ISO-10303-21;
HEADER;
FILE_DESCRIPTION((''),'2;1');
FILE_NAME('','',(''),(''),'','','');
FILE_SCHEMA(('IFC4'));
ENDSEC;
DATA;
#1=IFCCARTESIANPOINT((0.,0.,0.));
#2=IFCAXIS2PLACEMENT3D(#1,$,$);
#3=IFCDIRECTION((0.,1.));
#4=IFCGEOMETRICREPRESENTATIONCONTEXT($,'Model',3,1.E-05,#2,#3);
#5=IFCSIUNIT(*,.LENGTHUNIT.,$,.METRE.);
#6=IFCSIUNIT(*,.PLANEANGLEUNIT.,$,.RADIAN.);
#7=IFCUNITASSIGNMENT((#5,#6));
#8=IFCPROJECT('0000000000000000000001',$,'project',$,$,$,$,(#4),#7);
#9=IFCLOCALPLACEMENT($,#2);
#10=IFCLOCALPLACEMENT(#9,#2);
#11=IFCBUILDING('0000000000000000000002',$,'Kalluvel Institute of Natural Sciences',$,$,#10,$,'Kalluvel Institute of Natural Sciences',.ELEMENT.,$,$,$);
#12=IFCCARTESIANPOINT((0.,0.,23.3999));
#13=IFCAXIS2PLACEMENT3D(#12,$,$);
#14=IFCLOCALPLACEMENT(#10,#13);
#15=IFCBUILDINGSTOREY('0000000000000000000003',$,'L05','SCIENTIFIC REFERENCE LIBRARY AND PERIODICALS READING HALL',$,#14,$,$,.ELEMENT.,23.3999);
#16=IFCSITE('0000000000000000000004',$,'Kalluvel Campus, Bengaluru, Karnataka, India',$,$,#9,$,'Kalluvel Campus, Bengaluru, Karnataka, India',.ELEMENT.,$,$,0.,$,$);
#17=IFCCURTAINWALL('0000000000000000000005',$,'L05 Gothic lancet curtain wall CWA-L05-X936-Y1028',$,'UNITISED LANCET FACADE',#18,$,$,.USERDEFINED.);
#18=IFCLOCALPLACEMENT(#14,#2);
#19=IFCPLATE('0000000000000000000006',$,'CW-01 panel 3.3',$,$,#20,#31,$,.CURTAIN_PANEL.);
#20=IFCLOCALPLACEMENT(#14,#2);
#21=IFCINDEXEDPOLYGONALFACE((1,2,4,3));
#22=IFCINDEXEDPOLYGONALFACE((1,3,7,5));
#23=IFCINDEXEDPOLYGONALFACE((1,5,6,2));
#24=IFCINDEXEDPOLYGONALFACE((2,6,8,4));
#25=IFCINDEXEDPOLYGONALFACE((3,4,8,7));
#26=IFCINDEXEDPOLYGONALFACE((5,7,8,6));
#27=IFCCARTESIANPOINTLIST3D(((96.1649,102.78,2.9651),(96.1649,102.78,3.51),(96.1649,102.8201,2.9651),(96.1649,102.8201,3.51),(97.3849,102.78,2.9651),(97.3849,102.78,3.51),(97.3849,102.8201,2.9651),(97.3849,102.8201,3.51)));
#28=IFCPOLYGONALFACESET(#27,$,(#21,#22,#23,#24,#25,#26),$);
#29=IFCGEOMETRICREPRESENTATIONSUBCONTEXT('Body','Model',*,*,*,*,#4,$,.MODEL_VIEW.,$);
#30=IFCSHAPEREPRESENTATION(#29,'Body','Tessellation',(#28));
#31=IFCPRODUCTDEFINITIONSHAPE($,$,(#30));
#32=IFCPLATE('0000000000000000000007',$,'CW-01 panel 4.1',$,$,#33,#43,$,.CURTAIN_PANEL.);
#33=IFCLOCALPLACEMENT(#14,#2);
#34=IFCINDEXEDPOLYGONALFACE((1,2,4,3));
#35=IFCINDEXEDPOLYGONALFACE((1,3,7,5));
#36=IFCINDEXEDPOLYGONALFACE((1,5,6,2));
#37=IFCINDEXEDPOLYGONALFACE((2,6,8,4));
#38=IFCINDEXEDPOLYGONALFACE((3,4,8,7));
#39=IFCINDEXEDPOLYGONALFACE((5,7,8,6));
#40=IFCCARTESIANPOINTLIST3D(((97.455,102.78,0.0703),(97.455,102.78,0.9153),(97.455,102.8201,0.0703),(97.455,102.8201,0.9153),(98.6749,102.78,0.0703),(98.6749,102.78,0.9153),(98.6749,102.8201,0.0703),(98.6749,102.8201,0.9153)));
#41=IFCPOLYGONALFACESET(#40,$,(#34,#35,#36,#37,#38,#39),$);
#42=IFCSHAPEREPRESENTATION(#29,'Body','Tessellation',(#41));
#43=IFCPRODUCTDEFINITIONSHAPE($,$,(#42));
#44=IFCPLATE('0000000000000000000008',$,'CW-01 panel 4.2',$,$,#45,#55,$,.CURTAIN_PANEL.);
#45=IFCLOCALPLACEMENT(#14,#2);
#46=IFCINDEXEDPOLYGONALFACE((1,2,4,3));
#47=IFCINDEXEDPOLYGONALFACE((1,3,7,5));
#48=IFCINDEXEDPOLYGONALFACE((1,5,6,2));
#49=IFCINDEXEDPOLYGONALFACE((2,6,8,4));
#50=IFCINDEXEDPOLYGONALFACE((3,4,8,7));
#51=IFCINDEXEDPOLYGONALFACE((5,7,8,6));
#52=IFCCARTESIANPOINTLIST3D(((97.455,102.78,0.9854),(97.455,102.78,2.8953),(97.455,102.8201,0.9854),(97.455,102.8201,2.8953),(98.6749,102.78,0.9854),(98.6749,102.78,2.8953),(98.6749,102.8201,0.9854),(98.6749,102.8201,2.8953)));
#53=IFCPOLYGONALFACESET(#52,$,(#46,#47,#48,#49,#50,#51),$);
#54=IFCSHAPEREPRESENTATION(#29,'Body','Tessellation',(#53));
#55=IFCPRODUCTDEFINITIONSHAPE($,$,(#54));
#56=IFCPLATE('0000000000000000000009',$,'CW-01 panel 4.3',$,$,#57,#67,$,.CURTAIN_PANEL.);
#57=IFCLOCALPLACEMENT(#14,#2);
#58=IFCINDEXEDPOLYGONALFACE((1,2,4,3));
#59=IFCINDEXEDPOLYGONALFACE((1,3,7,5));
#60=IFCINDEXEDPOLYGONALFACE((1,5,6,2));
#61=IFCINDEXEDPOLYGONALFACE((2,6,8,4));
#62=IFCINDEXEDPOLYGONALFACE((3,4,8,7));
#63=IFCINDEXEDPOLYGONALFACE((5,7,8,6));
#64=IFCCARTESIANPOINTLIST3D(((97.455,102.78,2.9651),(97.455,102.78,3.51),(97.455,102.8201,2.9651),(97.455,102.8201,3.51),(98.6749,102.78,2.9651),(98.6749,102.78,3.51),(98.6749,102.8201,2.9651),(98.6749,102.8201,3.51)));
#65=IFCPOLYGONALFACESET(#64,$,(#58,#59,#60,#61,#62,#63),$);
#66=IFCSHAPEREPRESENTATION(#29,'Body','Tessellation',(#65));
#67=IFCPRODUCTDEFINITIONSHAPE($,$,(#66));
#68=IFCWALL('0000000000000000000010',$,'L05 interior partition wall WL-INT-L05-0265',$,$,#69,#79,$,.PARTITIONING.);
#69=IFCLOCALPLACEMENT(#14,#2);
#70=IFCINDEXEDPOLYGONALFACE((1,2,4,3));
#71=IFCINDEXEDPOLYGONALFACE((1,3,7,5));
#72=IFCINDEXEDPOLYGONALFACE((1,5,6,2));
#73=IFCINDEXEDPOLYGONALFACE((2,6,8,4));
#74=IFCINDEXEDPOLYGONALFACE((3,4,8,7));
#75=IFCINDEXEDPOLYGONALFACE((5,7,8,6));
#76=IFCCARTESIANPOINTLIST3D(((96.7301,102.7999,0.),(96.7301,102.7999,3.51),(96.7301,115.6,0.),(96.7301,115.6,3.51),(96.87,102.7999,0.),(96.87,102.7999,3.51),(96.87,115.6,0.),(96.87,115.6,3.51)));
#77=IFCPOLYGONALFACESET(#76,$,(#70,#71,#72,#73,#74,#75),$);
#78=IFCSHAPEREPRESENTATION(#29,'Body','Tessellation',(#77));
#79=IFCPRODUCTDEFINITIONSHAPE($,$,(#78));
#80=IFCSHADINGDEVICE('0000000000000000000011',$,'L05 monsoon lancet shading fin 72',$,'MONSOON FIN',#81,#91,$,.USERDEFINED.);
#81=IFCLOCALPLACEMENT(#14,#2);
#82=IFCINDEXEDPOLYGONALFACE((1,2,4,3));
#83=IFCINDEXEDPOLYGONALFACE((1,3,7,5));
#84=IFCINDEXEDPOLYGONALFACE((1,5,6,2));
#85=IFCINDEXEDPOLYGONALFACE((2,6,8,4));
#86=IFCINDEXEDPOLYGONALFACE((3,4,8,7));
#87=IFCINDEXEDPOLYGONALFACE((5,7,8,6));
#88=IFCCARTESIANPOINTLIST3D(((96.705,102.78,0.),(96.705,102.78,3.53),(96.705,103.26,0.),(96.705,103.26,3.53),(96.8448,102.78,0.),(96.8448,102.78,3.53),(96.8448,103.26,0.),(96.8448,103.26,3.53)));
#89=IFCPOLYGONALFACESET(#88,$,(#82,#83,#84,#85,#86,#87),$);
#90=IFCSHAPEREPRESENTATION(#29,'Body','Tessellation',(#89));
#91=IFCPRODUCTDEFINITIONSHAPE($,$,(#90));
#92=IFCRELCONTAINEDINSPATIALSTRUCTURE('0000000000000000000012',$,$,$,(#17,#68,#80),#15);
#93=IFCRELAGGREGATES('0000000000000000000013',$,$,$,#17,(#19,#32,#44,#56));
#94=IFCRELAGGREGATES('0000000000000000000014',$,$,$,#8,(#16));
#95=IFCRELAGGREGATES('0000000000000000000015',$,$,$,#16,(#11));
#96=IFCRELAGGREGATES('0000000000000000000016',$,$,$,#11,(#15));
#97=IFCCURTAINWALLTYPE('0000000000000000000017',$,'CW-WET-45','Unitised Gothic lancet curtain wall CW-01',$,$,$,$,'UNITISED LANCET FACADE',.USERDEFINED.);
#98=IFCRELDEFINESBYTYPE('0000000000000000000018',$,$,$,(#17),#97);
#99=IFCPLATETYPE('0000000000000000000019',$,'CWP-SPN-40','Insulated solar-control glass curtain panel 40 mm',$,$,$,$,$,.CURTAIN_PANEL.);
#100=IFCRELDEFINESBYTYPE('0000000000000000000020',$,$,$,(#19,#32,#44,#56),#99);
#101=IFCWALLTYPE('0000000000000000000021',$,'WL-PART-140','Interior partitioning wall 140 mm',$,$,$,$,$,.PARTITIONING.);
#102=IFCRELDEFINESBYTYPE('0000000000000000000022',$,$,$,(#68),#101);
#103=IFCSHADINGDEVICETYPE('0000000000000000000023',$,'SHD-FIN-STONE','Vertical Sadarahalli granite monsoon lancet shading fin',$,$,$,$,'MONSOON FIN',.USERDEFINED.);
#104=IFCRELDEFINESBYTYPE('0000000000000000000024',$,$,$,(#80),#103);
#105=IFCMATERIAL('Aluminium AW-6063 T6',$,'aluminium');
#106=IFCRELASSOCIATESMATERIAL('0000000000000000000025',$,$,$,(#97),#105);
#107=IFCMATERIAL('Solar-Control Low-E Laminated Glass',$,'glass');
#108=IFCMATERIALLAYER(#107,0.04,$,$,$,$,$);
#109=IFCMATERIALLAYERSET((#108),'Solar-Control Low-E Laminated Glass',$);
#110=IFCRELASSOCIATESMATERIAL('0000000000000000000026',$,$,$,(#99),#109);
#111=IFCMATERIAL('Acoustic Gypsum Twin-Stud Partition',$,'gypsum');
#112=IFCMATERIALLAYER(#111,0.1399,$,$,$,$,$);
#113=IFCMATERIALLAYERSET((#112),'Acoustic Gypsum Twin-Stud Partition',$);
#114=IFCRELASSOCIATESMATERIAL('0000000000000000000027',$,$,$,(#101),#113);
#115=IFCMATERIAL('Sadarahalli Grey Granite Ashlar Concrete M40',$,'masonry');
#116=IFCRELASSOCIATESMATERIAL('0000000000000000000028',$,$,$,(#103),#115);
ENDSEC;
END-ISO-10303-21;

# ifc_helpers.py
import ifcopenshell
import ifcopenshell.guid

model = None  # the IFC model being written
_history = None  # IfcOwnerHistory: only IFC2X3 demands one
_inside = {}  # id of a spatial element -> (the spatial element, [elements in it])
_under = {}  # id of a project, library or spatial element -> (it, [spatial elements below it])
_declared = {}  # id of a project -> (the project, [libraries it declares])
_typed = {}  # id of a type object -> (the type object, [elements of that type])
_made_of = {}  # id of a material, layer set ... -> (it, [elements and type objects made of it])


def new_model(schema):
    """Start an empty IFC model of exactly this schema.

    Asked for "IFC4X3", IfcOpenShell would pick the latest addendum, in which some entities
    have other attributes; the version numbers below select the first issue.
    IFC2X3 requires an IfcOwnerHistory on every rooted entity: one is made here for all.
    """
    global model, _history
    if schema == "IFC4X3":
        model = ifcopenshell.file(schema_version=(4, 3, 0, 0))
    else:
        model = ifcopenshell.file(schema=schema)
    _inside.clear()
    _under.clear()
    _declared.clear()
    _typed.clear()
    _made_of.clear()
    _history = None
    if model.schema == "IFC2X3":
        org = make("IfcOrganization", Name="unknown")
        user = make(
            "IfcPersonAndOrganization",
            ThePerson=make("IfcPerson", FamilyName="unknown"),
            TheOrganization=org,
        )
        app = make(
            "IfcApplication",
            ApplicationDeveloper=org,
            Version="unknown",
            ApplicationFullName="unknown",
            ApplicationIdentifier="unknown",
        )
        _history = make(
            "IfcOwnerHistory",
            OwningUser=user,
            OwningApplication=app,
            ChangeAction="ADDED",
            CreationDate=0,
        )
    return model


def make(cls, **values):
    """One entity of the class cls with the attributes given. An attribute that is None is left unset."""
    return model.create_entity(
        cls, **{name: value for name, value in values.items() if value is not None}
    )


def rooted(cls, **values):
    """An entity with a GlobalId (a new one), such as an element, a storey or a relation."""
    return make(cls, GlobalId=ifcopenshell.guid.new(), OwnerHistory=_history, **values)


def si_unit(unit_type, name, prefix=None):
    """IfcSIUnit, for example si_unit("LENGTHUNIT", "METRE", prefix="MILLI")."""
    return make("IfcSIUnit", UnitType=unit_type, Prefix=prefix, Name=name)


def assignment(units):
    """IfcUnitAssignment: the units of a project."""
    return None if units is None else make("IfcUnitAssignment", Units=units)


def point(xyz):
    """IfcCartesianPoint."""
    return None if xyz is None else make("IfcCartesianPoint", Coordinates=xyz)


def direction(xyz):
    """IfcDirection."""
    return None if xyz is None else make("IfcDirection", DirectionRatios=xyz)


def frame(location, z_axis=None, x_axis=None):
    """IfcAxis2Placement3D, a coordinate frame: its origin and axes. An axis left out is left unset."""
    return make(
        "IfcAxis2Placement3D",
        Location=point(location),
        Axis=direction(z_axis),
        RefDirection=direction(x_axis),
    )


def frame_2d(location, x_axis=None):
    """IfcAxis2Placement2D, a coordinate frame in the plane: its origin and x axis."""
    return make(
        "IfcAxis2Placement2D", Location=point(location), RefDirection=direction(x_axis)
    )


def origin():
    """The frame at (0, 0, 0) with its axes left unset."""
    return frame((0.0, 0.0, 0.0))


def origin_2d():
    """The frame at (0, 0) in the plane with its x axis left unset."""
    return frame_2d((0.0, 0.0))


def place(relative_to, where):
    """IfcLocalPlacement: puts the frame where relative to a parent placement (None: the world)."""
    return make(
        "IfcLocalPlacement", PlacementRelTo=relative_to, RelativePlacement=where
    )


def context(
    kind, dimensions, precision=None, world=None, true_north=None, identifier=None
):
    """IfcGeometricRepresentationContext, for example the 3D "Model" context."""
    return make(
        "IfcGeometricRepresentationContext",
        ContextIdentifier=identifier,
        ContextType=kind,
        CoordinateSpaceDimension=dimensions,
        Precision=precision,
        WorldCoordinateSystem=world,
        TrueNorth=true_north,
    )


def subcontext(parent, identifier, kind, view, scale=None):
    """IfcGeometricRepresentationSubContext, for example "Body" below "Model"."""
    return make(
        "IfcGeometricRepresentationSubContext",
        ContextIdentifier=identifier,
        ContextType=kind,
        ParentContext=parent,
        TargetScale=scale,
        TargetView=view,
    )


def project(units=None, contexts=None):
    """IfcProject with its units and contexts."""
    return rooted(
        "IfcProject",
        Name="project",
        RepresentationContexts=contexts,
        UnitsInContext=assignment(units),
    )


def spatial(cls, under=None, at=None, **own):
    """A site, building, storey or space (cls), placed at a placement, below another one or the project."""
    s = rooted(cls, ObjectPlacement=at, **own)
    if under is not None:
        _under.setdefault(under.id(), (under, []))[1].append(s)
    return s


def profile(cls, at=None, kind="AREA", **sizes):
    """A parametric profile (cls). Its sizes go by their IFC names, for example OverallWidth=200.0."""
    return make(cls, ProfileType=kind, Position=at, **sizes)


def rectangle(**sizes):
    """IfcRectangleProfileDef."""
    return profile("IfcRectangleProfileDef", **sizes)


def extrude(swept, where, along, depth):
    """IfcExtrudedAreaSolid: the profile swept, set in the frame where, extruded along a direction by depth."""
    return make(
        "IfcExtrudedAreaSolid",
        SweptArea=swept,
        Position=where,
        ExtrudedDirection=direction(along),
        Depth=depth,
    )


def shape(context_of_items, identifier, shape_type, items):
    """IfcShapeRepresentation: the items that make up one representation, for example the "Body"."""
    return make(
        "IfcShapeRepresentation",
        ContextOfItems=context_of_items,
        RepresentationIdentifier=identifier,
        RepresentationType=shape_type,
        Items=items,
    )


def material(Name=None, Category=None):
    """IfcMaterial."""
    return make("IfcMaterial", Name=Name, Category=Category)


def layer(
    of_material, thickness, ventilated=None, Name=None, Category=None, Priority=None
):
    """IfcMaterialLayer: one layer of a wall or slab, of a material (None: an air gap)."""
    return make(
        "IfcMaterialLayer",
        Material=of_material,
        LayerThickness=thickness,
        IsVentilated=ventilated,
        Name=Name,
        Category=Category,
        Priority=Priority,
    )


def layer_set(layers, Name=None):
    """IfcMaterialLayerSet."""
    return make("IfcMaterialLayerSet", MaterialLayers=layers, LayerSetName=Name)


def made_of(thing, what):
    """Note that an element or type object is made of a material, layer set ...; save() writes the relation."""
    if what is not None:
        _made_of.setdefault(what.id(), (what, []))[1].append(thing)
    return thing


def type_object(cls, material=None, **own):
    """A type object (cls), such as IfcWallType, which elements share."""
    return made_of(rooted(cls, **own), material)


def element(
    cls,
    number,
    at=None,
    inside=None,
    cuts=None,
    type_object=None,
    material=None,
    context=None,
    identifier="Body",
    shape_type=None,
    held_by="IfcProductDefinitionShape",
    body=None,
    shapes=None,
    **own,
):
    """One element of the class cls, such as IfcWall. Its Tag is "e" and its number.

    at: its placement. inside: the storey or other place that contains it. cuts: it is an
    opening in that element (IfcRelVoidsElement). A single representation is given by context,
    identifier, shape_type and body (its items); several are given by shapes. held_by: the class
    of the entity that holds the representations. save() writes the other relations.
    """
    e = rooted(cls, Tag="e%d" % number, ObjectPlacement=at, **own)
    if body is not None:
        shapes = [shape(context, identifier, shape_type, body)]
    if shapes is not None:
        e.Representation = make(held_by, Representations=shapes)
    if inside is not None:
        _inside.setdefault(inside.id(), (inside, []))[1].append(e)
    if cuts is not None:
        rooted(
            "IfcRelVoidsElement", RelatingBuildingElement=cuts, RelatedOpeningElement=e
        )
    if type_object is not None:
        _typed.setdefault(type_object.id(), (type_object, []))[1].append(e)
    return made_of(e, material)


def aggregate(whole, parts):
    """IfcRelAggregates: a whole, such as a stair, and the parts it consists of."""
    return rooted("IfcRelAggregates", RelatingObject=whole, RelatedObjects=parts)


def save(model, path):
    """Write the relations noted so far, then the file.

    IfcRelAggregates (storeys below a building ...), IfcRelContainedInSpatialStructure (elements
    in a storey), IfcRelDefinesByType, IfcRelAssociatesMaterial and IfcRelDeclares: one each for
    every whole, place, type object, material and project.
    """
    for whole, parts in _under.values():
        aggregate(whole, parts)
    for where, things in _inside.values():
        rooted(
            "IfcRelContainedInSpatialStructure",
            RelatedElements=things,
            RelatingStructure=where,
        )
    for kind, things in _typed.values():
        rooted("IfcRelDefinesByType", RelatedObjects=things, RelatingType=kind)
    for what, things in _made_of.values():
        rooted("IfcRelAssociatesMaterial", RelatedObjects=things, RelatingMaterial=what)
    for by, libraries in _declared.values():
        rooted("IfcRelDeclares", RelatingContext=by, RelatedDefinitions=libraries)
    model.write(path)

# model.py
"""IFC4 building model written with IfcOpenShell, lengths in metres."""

from ifc_helpers import new_model, si_unit, direction, frame, frame_2d, origin, origin_2d, place, context, subcontext, project, spatial, rectangle, extrude, material, layer, layer_set, type_object, element, aggregate, save


model = new_model("IFC4")

# Units and contexts
model_context = context("Model", 3, precision=1e-05, world=origin(), true_north=direction((0.0, 1.0)))
body_context = subcontext(model_context, "Body", "Model", "MODEL_VIEW")
ifc_project = project(units=[si_unit("LENGTHUNIT", "METRE"), si_unit("PLANEANGLEUNIT", "RADIAN")], contexts=[model_context])

# Site, building, storey
site_placement = place(None, origin())
site = spatial("IfcSite", under=ifc_project, at=site_placement, Name="Kalluvel Campus, Bengaluru, Karnataka, India", LongName="Kalluvel Campus, Bengaluru, Karnataka, India", CompositionType="ELEMENT", RefElevation=0.0)
building_placement = place(site_placement, origin())
building = spatial("IfcBuilding", under=site, at=building_placement, Name="Kalluvel Institute of Natural Sciences", LongName="Kalluvel Institute of Natural Sciences", CompositionType="ELEMENT")
storey_placement = place(building_placement, frame((0.0, 0.0, 23.3999)))
storey = spatial("IfcBuildingStorey", under=building, at=storey_placement, Name="L05", Description="SCIENTIFIC REFERENCE LIBRARY AND PERIODICALS READING HALL", CompositionType="ELEMENT", Elevation=23.3999)

# Curtain wall
ifc_material_1 = material(Name="Aluminium AW-6063 T6", Category="aluminium")
curtain_wall_type = type_object("IfcCurtainWallType", Name="CW-WET-45", Description="Unitised Gothic lancet curtain wall CW-01", ElementType="UNITISED LANCET FACADE", PredefinedType="USERDEFINED", material=ifc_material_1)
curtain_wall_placement = place(storey_placement, origin())
curtain_wall = element("IfcCurtainWall", 1, at=curtain_wall_placement, inside=storey, type_object=curtain_wall_type, Name="L05 Gothic lancet curtain wall CWA-L05-X936-Y1028", ObjectType="UNITISED LANCET FACADE", PredefinedType="USERDEFINED")

# Plates
ifc_material_2 = material(Name="Solar-Control Low-E Laminated Glass", Category="glass")
ifc_layer_1 = layer(ifc_material_2, 0.04)
ifc_layer_set_1 = layer_set([ifc_layer_1], Name="Solar-Control Low-E Laminated Glass")
plate_type = type_object("IfcPlateType", Name="CWP-SPN-40", Description="Insulated solar-control glass curtain panel 40 mm", PredefinedType="CURTAIN_PANEL", material=ifc_layer_set_1)
plate_1_placement = place(storey_placement, frame((96.7749, 102.8, 2.9651), z_axis=(0.0, 0.0, 1.0), x_axis=(1.0, 0.0, 0.0)))
plate_1 = element("IfcPlate", 2, at=plate_1_placement, type_object=plate_type, Name="CW-01 panel 3.3", PredefinedType="CURTAIN_PANEL", context=body_context, shape_type="SweptSolid", body=[
    extrude(rectangle(XDim=1.22, YDim=0.04, at=origin_2d()), origin(), (0.0, 0.0, 1.0), 0.5449),
])
plate_2_placement = place(storey_placement, frame((98.0649, 102.8, 0.0703), z_axis=(0.0, 0.0, 1.0), x_axis=(1.0, 0.0, 0.0)))
plate_2 = element("IfcPlate", 3, at=plate_2_placement, type_object=plate_type, Name="CW-01 panel 4.1", PredefinedType="CURTAIN_PANEL", context=body_context, shape_type="SweptSolid", body=[
    extrude(rectangle(XDim=1.22, YDim=0.04, at=origin_2d()), origin(), (0.0, 0.0, 1.0), 0.845),
])
plate_3_placement = place(storey_placement, frame((98.0649, 102.8, 0.9854), z_axis=(0.0, 0.0, 1.0), x_axis=(1.0, 0.0, 0.0)))
plate_3 = element("IfcPlate", 4, at=plate_3_placement, type_object=plate_type, Name="CW-01 panel 4.2", PredefinedType="CURTAIN_PANEL", context=body_context, shape_type="SweptSolid", body=[
    extrude(rectangle(XDim=1.22, YDim=0.04, at=origin_2d()), origin(), (0.0, 0.0, 1.0), 1.9099),
])
plate_4_placement = place(storey_placement, frame((98.0649, 102.8, 2.9651), z_axis=(0.0, 0.0, 1.0), x_axis=(1.0, 0.0, 0.0)))
plate_4 = element("IfcPlate", 5, at=plate_4_placement, type_object=plate_type, Name="CW-01 panel 4.3", PredefinedType="CURTAIN_PANEL", context=body_context, shape_type="SweptSolid", body=[
    extrude(rectangle(XDim=1.22, YDim=0.04, at=origin_2d()), origin(), (0.0, 0.0, 1.0), 0.5449),
])
aggregate(curtain_wall, [plate_1, plate_2, plate_3, plate_4])

# Wall
ifc_material_3 = material(Name="Acoustic Gypsum Twin-Stud Partition", Category="gypsum")
ifc_layer_2 = layer(ifc_material_3, 0.1399)
ifc_layer_set_2 = layer_set([ifc_layer_2], Name="Acoustic Gypsum Twin-Stud Partition")
wall_type = type_object("IfcWallType", Name="WL-PART-140", Description="Interior partitioning wall 140 mm", PredefinedType="PARTITIONING", material=ifc_layer_set_2)
wall_placement = place(storey_placement, frame((96.8, 102.8, 0.0), z_axis=(0.0, 0.0, 1.0), x_axis=(0.0, 1.0, 0.0)))
element("IfcWall", 6, at=wall_placement, inside=storey, type_object=wall_type, Name="L05 interior partition wall WL-INT-L05-0265", PredefinedType="PARTITIONING", context=body_context, shape_type="SweptSolid", body=[
    extrude(rectangle(XDim=12.8, YDim=0.1399, at=frame_2d((6.3999, 0.0))), origin(), (0.0, 0.0, 1.0), 3.51),
])

# Shading device
ifc_material_4 = material(Name="Sadarahalli Grey Granite Ashlar Concrete M40", Category="masonry")
shading_device_type = type_object("IfcShadingDeviceType", Name="SHD-FIN-STONE", Description="Vertical Sadarahalli granite monsoon lancet shading fin", ElementType="MONSOON FIN", PredefinedType="USERDEFINED", material=ifc_material_4)
shading_device_placement = place(storey_placement, frame((96.7749, 103.02, 0.0), z_axis=(0.0, 0.0, 1.0), x_axis=(1.0, 0.0, 0.0)))
element("IfcShadingDevice", 7, at=shading_device_placement, inside=storey, type_object=shading_device_type, Name="L05 monsoon lancet shading fin 72", ObjectType="MONSOON FIN", PredefinedType="USERDEFINED", context=body_context, shape_type="SweptSolid", body=[
    extrude(rectangle(XDim=0.1399, YDim=0.48, at=origin_2d()), origin(), (0.0, 0.0, 1.0), 3.53),
])

save(model, "model.ifc")
